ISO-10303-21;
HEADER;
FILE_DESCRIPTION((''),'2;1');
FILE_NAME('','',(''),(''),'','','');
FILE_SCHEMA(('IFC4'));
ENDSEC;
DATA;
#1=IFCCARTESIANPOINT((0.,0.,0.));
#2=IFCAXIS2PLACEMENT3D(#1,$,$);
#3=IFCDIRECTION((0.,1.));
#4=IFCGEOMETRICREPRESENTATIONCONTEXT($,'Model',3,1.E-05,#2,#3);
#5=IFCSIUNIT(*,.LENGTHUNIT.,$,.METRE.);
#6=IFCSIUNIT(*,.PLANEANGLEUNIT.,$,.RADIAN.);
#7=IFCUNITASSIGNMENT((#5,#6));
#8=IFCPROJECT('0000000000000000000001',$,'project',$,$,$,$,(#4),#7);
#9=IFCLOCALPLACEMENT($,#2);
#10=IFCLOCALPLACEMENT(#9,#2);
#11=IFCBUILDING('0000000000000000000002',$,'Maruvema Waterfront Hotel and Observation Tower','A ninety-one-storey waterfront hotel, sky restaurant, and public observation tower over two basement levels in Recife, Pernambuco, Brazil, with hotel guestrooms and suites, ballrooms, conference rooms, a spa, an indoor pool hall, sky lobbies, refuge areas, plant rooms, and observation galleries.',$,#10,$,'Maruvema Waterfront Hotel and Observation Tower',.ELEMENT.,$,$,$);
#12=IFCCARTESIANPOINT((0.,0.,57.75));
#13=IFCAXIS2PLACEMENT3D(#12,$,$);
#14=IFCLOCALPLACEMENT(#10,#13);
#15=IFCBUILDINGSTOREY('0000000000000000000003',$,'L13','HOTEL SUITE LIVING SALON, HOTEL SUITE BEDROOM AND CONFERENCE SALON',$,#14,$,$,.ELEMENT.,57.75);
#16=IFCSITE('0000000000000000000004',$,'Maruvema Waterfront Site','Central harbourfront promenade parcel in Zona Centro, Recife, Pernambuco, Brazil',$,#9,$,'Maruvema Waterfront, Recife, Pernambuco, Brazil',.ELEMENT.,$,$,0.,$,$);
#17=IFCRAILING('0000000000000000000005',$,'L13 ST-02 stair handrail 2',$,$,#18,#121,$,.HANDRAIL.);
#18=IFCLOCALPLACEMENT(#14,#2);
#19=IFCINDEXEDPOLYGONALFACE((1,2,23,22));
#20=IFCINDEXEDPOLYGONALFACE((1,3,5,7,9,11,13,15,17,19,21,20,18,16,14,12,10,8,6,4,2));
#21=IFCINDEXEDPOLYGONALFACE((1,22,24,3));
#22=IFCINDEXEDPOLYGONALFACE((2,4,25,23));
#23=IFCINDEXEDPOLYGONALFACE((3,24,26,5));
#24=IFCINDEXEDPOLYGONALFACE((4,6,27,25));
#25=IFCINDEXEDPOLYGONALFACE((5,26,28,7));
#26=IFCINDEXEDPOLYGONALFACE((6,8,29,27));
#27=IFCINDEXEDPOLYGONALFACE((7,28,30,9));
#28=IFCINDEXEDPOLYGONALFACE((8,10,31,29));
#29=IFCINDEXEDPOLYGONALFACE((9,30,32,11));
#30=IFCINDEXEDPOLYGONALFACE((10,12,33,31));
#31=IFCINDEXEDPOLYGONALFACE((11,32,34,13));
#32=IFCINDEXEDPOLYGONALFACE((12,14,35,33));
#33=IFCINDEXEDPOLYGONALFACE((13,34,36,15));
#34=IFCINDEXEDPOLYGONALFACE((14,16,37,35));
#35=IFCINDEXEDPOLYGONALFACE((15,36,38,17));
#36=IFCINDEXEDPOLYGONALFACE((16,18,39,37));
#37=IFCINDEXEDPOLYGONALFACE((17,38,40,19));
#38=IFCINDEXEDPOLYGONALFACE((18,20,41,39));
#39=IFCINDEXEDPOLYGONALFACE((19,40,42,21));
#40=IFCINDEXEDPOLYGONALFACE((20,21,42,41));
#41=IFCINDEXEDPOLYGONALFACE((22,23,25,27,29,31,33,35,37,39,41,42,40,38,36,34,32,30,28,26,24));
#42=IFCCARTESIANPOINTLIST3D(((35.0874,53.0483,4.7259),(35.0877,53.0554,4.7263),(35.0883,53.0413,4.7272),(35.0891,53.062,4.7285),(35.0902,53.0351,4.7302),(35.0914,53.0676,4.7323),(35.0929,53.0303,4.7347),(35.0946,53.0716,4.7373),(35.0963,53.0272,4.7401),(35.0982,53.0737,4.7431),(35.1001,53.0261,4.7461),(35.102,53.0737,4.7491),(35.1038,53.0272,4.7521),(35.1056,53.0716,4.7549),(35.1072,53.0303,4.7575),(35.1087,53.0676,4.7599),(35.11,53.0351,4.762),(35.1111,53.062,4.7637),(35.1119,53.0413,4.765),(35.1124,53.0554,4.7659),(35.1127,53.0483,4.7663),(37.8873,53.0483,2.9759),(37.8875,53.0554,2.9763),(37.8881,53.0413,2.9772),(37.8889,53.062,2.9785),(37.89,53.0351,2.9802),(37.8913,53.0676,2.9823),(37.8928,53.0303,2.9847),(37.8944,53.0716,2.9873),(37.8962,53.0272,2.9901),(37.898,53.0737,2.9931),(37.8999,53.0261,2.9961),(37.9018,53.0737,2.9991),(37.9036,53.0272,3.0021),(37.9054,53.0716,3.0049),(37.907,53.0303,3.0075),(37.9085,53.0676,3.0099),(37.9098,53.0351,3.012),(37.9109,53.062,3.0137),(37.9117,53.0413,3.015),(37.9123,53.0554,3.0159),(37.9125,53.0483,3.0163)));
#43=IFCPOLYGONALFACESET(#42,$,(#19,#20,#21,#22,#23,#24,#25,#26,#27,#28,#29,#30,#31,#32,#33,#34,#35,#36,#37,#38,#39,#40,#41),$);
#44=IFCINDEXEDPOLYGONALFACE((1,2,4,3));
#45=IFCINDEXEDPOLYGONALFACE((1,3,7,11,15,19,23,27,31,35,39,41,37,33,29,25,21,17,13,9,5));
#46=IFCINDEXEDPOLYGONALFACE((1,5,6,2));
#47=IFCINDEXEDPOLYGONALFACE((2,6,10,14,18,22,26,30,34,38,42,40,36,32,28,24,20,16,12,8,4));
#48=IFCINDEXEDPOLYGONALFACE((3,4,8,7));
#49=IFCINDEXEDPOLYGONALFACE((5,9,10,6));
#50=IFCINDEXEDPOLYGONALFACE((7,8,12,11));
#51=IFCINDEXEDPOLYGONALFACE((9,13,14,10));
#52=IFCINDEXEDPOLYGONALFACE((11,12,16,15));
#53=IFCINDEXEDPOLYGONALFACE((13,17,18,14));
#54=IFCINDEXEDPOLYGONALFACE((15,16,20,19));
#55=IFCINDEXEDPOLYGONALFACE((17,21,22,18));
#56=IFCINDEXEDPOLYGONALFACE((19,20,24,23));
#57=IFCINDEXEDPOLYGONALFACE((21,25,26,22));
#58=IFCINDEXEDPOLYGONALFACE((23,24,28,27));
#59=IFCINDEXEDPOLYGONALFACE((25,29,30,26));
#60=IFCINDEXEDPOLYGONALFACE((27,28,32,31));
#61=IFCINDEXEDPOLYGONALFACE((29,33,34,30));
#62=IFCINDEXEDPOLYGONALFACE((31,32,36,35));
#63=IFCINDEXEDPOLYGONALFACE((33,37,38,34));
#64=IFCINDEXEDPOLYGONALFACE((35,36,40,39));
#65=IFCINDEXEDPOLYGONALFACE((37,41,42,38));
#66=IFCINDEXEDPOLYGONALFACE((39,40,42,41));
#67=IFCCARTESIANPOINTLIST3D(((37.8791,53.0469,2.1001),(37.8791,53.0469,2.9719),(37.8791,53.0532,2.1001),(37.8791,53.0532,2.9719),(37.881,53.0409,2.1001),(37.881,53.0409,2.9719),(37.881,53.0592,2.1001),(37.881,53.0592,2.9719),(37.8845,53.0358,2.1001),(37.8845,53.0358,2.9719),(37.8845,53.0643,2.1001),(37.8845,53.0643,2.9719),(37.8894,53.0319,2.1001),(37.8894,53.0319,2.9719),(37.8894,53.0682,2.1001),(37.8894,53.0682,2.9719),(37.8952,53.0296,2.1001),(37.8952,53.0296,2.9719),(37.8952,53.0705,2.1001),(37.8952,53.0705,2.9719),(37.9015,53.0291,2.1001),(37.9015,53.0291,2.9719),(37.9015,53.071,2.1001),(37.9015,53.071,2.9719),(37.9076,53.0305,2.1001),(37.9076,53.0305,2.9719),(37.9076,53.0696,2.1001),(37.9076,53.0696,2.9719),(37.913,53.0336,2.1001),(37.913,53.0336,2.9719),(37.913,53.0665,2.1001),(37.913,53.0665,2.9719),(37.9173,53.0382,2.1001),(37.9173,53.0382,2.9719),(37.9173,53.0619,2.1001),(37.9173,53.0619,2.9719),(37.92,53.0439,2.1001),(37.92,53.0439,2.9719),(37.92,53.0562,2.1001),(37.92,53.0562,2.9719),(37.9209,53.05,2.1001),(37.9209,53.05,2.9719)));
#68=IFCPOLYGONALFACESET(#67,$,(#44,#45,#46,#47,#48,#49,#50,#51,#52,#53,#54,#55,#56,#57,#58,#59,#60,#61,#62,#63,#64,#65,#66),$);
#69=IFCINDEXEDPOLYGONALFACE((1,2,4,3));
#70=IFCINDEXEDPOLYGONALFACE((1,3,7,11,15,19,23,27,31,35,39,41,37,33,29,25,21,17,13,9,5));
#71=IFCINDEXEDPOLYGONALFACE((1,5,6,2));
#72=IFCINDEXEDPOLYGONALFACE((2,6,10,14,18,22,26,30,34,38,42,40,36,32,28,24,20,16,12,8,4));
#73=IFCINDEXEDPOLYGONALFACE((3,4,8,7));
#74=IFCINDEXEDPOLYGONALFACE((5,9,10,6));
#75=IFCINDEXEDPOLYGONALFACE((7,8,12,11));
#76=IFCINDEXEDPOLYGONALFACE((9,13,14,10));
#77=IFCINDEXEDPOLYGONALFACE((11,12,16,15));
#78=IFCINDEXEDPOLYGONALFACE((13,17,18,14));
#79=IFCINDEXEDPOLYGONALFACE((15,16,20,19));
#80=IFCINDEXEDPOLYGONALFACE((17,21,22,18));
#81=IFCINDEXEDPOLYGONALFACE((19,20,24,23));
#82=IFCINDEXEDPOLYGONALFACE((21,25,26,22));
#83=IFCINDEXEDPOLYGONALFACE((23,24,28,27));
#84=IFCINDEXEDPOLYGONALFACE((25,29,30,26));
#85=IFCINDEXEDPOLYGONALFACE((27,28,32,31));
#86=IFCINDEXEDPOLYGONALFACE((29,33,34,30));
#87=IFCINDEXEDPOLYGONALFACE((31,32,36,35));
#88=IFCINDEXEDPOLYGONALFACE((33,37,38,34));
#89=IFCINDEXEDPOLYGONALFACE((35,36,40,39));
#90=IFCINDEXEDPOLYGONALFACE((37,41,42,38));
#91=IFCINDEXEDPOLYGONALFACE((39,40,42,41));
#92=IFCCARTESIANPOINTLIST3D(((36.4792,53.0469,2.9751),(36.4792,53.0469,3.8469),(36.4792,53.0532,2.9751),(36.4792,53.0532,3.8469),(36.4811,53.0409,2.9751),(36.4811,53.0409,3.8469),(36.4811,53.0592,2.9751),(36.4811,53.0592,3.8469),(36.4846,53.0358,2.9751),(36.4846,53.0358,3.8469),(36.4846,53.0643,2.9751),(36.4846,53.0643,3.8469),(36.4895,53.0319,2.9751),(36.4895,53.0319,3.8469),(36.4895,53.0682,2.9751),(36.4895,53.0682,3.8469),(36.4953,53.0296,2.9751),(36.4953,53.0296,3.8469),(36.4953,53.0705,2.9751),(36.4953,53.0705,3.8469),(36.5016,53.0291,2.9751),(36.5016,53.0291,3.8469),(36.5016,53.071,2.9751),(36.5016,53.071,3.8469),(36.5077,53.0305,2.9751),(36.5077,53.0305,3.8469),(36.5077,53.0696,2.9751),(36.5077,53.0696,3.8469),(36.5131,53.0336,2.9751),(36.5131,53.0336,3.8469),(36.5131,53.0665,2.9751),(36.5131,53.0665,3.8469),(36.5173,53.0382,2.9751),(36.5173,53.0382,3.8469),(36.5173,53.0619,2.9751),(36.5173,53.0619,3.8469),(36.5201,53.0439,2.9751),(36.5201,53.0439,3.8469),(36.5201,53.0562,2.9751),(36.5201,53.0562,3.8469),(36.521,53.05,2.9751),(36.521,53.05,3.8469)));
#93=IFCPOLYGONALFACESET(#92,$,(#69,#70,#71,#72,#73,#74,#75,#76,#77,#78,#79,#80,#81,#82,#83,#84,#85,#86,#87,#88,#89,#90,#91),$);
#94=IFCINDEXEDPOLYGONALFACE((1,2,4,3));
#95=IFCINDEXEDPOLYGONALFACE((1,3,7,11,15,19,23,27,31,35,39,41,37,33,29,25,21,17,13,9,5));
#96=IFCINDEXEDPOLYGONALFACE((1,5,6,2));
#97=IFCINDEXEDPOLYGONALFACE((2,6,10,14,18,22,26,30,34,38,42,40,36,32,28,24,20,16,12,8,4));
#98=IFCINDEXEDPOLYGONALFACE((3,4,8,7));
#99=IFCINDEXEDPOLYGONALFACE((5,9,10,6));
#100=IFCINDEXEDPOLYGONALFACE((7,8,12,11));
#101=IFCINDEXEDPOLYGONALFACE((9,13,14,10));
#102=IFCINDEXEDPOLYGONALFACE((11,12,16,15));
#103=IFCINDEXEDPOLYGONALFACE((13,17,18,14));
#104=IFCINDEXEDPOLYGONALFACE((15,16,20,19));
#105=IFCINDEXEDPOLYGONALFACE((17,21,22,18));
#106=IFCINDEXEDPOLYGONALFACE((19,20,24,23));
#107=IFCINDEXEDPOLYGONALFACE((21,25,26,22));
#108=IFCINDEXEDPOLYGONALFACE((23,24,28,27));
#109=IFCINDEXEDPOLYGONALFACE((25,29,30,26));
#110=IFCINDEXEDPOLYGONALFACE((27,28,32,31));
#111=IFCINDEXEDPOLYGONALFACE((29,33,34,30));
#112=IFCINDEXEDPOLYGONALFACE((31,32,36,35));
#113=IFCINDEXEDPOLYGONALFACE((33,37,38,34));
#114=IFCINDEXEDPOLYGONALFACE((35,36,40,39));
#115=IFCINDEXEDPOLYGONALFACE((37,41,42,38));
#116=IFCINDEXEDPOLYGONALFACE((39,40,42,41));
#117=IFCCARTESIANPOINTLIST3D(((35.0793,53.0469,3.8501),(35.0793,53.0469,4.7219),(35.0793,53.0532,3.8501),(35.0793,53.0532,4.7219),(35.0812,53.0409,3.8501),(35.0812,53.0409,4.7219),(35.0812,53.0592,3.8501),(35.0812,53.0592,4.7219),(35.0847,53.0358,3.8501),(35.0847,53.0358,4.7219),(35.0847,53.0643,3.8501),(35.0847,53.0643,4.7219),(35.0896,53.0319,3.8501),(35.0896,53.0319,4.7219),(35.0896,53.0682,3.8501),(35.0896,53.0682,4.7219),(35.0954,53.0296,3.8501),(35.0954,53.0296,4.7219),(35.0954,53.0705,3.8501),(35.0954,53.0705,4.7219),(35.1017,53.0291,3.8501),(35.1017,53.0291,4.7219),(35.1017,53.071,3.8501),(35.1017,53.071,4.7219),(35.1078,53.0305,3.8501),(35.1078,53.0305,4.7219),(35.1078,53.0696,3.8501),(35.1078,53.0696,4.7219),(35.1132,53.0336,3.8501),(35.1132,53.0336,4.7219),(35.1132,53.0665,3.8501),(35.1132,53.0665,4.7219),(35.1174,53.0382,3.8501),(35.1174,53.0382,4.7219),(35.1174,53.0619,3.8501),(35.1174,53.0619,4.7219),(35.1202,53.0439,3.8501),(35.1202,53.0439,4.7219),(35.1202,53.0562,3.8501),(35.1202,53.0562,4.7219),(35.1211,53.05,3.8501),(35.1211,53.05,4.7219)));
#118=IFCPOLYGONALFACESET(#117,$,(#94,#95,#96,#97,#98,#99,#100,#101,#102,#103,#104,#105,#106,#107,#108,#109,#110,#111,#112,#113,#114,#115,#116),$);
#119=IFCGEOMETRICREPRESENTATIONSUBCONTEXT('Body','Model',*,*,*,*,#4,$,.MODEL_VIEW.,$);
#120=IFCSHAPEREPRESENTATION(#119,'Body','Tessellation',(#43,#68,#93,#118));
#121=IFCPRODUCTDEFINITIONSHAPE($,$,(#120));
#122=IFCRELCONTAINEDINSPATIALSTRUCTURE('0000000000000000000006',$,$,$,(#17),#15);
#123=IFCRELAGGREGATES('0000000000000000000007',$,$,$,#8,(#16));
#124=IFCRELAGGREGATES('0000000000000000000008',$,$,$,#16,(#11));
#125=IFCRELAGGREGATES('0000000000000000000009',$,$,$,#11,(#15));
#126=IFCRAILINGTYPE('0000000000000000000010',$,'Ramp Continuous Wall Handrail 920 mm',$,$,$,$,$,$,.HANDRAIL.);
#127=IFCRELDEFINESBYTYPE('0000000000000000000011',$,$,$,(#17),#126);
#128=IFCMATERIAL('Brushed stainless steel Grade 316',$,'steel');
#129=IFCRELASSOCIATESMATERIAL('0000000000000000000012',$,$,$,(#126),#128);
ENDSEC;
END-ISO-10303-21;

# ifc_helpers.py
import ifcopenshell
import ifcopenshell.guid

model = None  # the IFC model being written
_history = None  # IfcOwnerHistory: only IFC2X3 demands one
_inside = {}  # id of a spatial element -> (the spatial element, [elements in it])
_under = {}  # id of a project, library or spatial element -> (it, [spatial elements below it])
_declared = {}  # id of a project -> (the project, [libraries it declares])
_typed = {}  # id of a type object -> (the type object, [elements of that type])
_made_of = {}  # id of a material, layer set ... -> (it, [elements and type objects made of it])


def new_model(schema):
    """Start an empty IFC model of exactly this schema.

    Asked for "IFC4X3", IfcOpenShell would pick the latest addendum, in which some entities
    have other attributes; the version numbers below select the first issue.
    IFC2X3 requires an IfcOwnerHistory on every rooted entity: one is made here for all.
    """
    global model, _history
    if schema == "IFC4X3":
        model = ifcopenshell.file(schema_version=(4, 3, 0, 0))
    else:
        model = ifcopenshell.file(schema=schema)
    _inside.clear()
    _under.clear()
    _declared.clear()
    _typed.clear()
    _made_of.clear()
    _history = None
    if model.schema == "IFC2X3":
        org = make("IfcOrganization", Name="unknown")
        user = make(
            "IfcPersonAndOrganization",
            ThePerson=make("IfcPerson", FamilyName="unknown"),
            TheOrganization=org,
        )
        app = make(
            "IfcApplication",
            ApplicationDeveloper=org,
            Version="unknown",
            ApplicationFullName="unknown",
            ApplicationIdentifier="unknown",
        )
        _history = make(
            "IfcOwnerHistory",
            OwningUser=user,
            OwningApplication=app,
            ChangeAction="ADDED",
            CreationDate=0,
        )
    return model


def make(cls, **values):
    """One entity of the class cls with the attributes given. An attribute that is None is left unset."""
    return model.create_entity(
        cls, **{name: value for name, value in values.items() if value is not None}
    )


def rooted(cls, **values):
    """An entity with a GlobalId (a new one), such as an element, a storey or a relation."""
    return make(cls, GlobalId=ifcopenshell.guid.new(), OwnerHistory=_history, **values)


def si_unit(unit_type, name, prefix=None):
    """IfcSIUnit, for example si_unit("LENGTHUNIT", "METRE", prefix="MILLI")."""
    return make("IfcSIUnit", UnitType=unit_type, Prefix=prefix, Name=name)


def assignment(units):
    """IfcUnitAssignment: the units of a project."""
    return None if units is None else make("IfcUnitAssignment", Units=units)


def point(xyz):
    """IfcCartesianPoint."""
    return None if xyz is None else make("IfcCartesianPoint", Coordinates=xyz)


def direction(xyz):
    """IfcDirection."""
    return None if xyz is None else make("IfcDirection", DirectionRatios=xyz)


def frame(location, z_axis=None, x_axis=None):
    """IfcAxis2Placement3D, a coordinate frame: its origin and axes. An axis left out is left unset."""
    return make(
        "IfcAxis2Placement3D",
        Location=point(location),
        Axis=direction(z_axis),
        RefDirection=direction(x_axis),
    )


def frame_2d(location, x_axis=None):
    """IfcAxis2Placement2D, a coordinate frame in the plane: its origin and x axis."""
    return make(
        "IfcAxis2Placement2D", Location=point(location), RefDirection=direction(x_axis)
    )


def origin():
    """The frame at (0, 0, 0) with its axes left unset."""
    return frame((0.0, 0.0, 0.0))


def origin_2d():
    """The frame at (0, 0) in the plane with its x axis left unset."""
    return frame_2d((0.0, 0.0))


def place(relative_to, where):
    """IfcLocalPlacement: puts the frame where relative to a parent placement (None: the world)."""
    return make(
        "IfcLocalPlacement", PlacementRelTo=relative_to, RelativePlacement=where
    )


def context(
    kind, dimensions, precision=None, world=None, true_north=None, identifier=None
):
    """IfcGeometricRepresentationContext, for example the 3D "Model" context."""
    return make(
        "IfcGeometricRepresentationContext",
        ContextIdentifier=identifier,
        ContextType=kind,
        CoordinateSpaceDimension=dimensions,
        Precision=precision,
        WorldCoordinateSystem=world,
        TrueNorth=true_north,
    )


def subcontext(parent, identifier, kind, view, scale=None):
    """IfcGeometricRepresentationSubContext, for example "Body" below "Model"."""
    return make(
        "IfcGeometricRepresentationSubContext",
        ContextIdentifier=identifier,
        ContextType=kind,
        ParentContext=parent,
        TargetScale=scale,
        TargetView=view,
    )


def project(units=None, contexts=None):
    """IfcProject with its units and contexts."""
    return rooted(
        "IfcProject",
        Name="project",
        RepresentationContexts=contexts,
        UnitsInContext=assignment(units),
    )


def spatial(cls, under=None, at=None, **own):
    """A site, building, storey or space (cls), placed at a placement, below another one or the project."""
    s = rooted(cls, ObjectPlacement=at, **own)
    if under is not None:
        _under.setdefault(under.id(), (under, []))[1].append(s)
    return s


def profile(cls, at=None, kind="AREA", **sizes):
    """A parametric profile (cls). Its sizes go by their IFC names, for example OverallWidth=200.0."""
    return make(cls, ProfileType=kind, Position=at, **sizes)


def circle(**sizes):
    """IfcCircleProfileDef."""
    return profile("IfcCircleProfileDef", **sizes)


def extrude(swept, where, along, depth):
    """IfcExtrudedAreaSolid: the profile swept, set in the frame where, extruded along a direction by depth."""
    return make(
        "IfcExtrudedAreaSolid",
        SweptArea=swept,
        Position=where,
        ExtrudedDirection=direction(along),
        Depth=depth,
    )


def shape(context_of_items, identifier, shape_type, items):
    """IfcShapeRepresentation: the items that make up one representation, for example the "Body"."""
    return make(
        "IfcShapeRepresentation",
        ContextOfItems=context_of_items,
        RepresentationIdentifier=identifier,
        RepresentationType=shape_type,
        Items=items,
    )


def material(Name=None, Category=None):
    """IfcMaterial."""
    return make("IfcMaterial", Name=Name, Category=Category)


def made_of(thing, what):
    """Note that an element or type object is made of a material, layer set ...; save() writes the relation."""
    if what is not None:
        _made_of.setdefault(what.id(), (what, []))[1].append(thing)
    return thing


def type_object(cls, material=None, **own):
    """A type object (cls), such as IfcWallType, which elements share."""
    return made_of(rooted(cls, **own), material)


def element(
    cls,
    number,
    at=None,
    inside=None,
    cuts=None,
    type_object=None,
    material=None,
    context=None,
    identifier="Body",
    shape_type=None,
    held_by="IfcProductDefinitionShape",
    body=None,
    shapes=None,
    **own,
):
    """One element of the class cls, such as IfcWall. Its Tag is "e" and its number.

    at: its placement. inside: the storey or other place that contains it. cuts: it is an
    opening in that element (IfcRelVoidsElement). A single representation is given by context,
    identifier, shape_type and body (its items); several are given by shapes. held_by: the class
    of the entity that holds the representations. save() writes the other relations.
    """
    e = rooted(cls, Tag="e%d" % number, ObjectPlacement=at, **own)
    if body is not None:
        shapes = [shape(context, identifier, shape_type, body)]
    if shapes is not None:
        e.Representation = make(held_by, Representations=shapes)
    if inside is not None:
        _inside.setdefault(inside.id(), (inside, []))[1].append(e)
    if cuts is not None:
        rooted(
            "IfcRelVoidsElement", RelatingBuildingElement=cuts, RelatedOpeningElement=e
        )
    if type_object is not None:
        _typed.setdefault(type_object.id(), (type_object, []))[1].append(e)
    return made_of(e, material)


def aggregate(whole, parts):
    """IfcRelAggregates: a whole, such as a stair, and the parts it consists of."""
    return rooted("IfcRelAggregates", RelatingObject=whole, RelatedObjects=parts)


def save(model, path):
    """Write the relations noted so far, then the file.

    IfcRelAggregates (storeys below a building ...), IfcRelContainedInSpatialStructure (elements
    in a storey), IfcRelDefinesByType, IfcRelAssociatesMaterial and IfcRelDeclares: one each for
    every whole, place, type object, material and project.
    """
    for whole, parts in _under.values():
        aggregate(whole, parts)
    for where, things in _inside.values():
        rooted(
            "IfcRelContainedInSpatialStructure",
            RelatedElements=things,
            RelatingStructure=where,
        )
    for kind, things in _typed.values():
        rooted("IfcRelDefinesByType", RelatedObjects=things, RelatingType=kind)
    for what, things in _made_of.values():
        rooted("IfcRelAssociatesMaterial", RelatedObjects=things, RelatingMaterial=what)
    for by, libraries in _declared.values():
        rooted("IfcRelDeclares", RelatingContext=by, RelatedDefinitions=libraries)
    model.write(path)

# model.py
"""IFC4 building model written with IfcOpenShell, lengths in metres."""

from ifc_helpers import new_model, si_unit, direction, frame, origin, origin_2d, place, context, subcontext, project, spatial, circle, extrude, material, type_object, element, save


model = new_model("IFC4")

# Units and contexts
model_context = context("Model", 3, precision=1e-05, world=origin(), true_north=direction((0.0, 1.0)))
body_context = subcontext(model_context, "Body", "Model", "MODEL_VIEW")
ifc_project = project(units=[si_unit("LENGTHUNIT", "METRE"), si_unit("PLANEANGLEUNIT", "RADIAN")], contexts=[model_context])

# Site, building, storey
site_placement = place(None, origin())
site = spatial("IfcSite", under=ifc_project, at=site_placement, Name="Maruvema Waterfront Site", Description="Central harbourfront promenade parcel in Zona Centro, Recife, Pernambuco, Brazil", LongName="Maruvema Waterfront, Recife, Pernambuco, Brazil", CompositionType="ELEMENT", RefElevation=0.0)
building_placement = place(site_placement, origin())
building = spatial("IfcBuilding", under=site, at=building_placement, Name="Maruvema Waterfront Hotel and Observation Tower", Description="A ninety-one-storey waterfront hotel, sky restaurant, and public observation tower over two basement levels in Recife, Pernambuco, Brazil, with hotel guestrooms and suites, ballrooms, conference rooms, a spa, an indoor pool hall, sky lobbies, refuge areas, plant rooms, and observation galleries.", LongName="Maruvema Waterfront Hotel and Observation Tower", CompositionType="ELEMENT")
storey_placement = place(building_placement, frame((0.0, 0.0, 57.75)))
storey = spatial("IfcBuildingStorey", under=building, at=storey_placement, Name="L13", Description="HOTEL SUITE LIVING SALON, HOTEL SUITE BEDROOM AND CONFERENCE SALON", CompositionType="ELEMENT", Elevation=57.75)

# Railing
ifc_material_1 = material(Name="Brushed stainless steel Grade 316", Category="steel")
railing_type_1 = type_object("IfcRailingType", Name="Ramp Continuous Wall Handrail 920 mm", PredefinedType="HANDRAIL", material=ifc_material_1)
railing_1_placement = place(storey_placement, frame((37.8999, 53.05, 2.1001)))
element("IfcRailing", 1, at=railing_1_placement, inside=storey, type_object=railing_type_1, Name="L13 ST-02 stair handrail 2", PredefinedType="HANDRAIL", context=body_context, shape_type="SweptSolid", body=[
    extrude(circle(Radius=0.0239, at=origin_2d()), frame((0.0, 0.0, 0.896), z_axis=(-0.847982, 0.0, 0.530026), x_axis=(0.0, -1.0, 0.0)), (0.0, 0.0, 1.0), 3.3018),
    extrude(circle(Radius=0.021, at=origin_2d()), origin(), (0.0, 0.0, 1.0), 0.8718),
    extrude(circle(Radius=0.021, at=origin_2d()), frame((-1.3999, 0.0, 0.875)), (0.0, 0.0, 1.0), 0.8718),
    extrude(circle(Radius=0.021, at=origin_2d()), frame((-2.7998, 0.0, 1.75)), (0.0, 0.0, 1.0), 0.8718),
])

save(model, "model.ifc")
